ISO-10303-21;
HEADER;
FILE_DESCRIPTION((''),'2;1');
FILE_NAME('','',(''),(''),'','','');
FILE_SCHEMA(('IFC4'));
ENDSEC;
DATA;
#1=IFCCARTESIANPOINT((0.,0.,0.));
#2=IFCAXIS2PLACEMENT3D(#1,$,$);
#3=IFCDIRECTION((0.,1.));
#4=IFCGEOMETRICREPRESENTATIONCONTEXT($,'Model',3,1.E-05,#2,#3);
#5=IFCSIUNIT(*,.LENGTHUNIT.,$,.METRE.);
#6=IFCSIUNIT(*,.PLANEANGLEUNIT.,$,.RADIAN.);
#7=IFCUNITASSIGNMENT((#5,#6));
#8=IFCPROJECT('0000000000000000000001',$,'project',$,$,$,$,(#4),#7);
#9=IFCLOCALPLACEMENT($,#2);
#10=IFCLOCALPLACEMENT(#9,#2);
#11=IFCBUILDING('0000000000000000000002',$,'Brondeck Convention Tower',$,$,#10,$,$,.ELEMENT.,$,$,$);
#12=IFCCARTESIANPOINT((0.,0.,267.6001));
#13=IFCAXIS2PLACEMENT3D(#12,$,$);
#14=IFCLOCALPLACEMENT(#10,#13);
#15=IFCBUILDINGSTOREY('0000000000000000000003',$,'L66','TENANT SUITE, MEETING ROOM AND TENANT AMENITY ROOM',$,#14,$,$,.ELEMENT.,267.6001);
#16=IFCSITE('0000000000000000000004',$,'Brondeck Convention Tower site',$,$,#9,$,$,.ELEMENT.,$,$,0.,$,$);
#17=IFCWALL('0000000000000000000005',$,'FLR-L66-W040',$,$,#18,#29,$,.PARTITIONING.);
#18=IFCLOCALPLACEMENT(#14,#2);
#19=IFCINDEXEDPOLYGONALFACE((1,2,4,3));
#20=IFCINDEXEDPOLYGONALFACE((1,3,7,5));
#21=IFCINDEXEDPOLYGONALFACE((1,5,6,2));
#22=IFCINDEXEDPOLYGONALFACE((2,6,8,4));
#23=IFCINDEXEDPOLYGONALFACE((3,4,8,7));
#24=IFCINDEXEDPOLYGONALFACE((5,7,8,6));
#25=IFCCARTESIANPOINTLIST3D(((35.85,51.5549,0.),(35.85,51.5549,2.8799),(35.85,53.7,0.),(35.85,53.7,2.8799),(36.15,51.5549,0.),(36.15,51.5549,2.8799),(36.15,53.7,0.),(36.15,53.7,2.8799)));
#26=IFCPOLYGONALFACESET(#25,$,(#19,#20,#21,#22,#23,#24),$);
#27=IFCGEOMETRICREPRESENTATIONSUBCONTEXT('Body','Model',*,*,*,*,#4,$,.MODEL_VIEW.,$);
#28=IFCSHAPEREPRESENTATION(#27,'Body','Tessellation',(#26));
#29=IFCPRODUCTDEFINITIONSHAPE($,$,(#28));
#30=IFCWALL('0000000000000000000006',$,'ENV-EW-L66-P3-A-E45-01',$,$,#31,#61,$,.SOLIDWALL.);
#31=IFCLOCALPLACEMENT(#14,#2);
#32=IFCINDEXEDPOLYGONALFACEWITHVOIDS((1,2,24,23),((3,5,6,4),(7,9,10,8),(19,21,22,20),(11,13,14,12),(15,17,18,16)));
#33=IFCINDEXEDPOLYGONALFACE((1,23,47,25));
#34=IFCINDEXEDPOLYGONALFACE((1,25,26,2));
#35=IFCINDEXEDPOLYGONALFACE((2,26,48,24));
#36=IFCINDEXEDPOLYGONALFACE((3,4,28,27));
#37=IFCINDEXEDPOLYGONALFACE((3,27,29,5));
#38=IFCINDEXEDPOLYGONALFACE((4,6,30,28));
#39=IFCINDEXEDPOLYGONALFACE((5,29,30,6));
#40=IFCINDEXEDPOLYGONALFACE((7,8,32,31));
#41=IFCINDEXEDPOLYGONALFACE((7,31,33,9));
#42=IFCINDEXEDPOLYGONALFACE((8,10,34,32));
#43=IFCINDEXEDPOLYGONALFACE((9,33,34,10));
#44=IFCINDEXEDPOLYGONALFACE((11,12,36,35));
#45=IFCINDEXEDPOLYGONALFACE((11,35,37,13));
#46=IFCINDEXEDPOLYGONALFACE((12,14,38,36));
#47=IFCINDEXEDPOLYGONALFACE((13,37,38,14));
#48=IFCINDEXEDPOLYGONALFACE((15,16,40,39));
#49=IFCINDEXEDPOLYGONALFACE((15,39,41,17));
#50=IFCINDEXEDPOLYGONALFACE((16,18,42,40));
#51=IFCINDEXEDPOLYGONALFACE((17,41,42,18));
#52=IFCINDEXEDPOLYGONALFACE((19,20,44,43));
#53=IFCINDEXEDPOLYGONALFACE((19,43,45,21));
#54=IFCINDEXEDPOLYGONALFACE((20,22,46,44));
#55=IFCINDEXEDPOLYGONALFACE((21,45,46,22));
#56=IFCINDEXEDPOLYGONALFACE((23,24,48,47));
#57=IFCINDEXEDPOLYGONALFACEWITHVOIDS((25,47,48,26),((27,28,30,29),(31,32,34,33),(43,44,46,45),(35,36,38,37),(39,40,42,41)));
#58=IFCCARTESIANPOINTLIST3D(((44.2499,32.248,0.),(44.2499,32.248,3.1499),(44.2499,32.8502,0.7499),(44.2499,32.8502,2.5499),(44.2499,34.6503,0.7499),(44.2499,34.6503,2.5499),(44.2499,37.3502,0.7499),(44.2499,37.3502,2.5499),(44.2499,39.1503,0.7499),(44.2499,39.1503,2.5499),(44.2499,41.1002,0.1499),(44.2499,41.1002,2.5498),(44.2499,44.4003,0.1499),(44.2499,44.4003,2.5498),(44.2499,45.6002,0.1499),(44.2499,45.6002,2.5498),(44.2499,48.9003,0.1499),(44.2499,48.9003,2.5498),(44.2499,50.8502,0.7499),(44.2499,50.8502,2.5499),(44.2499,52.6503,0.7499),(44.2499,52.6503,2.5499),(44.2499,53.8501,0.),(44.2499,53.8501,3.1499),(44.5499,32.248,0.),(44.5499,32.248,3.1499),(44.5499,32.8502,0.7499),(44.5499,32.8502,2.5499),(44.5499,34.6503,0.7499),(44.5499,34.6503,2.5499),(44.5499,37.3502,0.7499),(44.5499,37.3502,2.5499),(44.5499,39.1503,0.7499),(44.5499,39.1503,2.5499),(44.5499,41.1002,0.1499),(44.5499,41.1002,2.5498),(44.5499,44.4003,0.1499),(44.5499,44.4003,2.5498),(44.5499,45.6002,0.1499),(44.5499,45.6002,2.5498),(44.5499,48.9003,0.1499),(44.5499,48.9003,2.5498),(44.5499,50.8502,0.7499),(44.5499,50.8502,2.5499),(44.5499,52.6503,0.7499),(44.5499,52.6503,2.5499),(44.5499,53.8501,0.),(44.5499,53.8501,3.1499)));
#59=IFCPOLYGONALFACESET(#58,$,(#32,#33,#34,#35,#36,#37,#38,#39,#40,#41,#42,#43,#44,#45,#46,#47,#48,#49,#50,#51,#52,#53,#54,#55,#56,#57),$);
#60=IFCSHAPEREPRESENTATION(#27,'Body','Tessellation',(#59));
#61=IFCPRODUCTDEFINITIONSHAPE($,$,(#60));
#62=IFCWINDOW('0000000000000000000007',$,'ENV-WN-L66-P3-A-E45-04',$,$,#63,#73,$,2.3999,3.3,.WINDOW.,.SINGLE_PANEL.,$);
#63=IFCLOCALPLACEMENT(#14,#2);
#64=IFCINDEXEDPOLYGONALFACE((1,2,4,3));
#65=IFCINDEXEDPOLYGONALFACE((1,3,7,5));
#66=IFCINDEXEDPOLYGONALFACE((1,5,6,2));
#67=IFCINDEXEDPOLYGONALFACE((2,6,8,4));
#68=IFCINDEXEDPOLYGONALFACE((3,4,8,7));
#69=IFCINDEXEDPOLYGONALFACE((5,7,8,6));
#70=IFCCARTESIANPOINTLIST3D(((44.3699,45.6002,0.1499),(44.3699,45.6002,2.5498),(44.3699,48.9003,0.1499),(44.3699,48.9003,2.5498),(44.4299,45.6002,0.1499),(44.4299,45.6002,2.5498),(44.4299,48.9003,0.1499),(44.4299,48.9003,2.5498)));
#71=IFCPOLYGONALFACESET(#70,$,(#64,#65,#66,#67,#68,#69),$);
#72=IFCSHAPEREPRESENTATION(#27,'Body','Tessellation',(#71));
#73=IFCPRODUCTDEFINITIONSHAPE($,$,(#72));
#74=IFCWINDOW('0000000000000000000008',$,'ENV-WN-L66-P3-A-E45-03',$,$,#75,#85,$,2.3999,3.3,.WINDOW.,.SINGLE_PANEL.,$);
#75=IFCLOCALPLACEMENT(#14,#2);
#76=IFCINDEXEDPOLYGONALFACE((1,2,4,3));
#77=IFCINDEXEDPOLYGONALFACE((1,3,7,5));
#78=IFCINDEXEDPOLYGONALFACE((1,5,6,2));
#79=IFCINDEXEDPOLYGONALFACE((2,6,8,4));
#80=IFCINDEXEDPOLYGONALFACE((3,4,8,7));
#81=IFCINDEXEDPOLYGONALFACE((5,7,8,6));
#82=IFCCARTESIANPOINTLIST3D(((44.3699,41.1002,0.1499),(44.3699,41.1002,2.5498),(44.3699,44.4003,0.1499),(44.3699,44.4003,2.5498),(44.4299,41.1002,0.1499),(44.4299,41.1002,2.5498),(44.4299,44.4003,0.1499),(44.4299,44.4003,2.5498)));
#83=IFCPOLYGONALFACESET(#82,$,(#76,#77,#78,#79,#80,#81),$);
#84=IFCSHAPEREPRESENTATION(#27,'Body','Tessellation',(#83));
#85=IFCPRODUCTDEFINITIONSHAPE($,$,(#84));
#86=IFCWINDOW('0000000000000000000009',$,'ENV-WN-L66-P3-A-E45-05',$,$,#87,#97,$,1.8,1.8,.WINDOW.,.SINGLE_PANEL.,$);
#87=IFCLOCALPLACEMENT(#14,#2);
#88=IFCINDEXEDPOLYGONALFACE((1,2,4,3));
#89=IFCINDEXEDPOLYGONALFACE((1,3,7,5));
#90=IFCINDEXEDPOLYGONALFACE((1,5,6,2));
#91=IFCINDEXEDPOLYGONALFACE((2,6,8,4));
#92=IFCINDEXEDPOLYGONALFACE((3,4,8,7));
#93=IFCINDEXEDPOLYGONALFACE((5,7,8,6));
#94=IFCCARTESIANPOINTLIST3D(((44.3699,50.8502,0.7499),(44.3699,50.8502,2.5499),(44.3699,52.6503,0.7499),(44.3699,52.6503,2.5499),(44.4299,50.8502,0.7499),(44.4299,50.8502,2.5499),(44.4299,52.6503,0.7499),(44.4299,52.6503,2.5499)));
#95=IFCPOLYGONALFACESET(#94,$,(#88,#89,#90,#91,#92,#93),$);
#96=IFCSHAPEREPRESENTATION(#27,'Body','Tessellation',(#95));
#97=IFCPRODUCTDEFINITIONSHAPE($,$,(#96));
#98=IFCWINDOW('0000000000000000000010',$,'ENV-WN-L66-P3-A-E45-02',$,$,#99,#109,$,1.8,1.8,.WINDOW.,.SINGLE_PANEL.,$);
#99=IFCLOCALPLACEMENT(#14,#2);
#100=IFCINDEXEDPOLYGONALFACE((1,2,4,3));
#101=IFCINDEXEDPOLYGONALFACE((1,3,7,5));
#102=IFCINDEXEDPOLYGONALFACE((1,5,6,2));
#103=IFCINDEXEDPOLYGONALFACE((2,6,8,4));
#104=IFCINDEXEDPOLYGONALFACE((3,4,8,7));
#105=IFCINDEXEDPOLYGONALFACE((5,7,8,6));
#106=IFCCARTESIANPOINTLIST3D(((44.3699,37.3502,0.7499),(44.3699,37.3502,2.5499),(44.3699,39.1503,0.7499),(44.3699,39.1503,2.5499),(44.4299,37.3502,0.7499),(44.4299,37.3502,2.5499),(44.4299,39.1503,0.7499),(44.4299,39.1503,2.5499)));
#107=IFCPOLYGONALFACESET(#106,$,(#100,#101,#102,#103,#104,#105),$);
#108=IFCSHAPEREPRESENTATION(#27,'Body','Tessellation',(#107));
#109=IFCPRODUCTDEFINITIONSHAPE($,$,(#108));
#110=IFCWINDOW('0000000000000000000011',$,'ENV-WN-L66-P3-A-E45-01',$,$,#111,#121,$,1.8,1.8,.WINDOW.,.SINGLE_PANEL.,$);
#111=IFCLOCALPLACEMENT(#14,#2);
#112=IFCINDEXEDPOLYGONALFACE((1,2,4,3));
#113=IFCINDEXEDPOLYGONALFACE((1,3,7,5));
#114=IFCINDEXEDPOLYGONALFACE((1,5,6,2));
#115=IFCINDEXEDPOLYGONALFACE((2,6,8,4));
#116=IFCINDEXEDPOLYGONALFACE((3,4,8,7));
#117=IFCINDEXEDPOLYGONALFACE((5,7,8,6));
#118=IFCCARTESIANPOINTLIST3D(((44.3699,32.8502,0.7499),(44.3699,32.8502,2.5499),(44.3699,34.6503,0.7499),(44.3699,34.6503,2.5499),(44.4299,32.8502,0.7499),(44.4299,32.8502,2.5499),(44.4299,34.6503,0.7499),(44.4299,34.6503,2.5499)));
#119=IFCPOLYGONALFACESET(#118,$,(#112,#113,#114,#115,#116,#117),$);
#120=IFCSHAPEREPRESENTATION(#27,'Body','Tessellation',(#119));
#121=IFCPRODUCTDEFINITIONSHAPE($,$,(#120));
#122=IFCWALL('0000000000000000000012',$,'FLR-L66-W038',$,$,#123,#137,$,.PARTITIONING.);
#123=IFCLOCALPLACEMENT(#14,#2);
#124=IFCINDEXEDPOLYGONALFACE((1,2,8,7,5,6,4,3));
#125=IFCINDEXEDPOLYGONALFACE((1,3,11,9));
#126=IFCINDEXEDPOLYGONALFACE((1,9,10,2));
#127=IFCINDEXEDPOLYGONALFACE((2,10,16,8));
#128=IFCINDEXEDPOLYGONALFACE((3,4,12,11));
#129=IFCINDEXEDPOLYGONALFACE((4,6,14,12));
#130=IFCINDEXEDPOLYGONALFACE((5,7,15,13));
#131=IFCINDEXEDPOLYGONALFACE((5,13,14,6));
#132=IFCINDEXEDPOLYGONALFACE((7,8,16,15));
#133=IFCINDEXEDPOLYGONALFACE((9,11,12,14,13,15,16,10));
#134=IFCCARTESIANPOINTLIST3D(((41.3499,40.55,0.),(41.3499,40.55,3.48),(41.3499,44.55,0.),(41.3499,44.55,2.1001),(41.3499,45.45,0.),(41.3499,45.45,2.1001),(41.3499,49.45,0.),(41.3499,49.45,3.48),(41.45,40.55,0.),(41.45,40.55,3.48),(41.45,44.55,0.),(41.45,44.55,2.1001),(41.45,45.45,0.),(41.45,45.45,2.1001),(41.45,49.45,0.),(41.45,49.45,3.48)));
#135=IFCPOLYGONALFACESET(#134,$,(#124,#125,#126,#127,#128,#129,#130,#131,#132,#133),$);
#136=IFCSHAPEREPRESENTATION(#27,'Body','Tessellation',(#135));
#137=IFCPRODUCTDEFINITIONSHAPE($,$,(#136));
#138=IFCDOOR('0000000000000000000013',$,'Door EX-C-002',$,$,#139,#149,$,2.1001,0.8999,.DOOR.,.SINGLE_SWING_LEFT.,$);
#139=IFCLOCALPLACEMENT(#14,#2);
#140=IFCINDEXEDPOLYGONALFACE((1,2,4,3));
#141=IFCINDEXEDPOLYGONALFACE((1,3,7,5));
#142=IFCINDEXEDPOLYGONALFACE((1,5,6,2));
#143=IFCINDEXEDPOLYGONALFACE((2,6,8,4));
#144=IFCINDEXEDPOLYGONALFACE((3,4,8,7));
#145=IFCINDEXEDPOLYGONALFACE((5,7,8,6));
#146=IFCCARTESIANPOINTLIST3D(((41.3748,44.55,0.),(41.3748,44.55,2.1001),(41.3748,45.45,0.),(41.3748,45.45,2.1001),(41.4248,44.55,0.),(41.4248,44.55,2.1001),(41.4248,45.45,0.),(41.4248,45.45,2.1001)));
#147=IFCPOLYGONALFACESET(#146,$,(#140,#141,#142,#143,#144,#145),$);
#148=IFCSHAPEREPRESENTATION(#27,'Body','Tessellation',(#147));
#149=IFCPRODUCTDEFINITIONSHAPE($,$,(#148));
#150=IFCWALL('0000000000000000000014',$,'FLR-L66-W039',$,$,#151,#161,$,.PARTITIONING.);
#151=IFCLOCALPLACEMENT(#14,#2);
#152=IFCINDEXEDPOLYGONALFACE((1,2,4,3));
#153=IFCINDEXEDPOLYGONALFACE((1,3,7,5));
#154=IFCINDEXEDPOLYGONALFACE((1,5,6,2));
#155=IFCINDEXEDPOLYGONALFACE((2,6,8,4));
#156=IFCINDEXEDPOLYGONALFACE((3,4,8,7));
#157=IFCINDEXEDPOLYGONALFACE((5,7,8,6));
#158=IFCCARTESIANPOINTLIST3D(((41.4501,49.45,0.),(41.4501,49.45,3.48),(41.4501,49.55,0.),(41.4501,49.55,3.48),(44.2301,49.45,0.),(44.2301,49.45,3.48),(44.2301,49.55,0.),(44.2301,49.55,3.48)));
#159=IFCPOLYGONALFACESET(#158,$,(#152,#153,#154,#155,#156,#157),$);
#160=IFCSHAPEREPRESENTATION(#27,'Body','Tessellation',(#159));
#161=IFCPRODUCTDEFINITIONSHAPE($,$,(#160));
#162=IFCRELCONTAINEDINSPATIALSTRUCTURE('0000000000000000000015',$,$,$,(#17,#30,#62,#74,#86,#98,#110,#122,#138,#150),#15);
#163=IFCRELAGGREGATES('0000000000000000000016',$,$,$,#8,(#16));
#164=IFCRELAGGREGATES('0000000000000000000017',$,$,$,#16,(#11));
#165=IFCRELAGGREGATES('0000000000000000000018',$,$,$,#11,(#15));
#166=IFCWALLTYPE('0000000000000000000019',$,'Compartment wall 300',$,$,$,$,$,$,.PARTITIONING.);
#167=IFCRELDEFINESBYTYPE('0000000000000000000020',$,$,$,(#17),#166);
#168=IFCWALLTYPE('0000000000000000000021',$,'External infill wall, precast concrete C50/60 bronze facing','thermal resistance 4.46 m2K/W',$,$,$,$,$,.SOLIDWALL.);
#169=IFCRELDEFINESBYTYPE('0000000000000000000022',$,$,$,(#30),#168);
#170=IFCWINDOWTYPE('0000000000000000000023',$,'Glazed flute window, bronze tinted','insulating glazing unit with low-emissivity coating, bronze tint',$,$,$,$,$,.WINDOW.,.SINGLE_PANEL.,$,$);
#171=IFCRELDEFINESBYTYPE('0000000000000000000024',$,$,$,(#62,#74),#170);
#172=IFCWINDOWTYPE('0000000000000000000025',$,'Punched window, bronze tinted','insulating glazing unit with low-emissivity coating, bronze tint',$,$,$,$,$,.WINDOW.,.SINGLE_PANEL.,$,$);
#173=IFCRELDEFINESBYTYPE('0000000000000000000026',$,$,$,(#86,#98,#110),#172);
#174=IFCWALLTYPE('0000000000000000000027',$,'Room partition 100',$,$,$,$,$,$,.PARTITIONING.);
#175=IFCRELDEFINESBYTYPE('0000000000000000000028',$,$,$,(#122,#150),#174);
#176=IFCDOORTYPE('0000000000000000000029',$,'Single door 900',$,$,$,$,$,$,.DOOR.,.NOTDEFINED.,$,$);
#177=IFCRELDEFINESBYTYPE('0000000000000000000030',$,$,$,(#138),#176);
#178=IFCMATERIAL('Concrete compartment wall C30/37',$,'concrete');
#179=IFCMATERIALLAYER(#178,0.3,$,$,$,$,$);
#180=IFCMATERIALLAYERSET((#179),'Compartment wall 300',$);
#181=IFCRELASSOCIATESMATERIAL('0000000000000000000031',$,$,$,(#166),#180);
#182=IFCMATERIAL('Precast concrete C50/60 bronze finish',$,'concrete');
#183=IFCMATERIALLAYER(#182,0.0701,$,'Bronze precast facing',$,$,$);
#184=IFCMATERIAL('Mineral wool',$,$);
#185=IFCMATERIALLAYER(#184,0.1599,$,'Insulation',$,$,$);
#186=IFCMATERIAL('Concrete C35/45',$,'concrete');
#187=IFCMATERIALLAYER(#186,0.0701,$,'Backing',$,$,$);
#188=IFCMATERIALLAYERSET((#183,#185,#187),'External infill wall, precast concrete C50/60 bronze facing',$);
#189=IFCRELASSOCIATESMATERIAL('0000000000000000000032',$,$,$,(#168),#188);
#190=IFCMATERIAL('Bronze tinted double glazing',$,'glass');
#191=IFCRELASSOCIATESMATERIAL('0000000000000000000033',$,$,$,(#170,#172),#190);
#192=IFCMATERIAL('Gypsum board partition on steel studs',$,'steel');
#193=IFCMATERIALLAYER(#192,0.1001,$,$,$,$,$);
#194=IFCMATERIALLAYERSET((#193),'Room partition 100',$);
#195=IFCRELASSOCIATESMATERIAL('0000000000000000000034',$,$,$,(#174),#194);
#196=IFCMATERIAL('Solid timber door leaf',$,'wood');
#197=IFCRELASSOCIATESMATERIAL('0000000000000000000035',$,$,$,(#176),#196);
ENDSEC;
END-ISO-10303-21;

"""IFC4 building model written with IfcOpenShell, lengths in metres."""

from ifc_helpers import new_model, si_unit, direction, frame, frame_2d, origin, place, context, subcontext, project, spatial, rectangle, extrude, material, layer, layer_set, type_object, element, fill, save


model = new_model("IFC4")

# Units and contexts
model_context = context("Model", 3, precision=1e-05, world=origin(), true_north=direction((0.0, 1.0)))
body_context = subcontext(model_context, "Body", "Model", "MODEL_VIEW")
ifc_project = project(units=[si_unit("LENGTHUNIT", "METRE"), si_unit("PLANEANGLEUNIT", "RADIAN")], contexts=[model_context])

# Site, building, storey
site_placement = place(None, origin())
site = spatial("IfcSite", under=ifc_project, at=site_placement, Name="Brondeck Convention Tower site", CompositionType="ELEMENT", RefElevation=0.0)
building_placement = place(site_placement, origin())
building = spatial("IfcBuilding", under=site, at=building_placement, Name="Brondeck Convention Tower", CompositionType="ELEMENT")
storey_placement = place(building_placement, frame((0.0, 0.0, 267.6001)))
storey = spatial("IfcBuildingStorey", under=building, at=storey_placement, Name="L66", Description="TENANT SUITE, MEETING ROOM AND TENANT AMENITY ROOM", CompositionType="ELEMENT", Elevation=267.6001)

# Wall
ifc_material_1 = material(Name="Concrete compartment wall C30/37", Category="concrete")
ifc_layer_1 = layer(ifc_material_1, 0.3)
ifc_layer_set_1 = layer_set([ifc_layer_1], Name="Compartment wall 300")
wall_type_1 = type_object("IfcWallType", Name="Compartment wall 300", PredefinedType="PARTITIONING", material=ifc_layer_set_1)
wall_1_placement = place(storey_placement, frame((36.0, 51.5549, 0.0), z_axis=(0.0, 0.0, 1.0), x_axis=(0.0, 1.0, 0.0)))
element("IfcWall", 1, at=wall_1_placement, inside=storey, type_object=wall_type_1, Name="FLR-L66-W040", PredefinedType="PARTITIONING", context=body_context, shape_type="SweptSolid", body=[
    extrude(rectangle(XDim=2.145, YDim=0.3, at=frame_2d((1.0725, 0.0))), origin(), (0.0, 0.0, 1.0), 2.8799),
])

# Wall, openings, windows
ifc_material_2 = material(Name="Precast concrete C50/60 bronze finish", Category="concrete")
ifc_layer_2 = layer(ifc_material_2, 0.0701, Name="Bronze precast facing")
ifc_material_3 = material(Name="Mineral wool")
ifc_layer_3 = layer(ifc_material_3, 0.1599, Name="Insulation")
ifc_material_4 = material(Name="Concrete C35/45", Category="concrete")
ifc_layer_4 = layer(ifc_material_4, 0.0701, Name="Backing")
ifc_layer_set_2 = layer_set([ifc_layer_2, ifc_layer_3, ifc_layer_4], Name="External infill wall, precast concrete C50/60 bronze facing")
wall_type_2 = type_object("IfcWallType", Name="External infill wall, precast concrete C50/60 bronze facing", Description="thermal resistance 4.46 m2K/W", PredefinedType="SOLIDWALL", material=ifc_layer_set_2)
wall_2_placement = place(storey_placement, frame((44.3999, 53.8501, 0.0), z_axis=(0.0, 0.0, 1.0), x_axis=(0.0, -1.0, 0.0)))
wall_2 = element("IfcWall", 2, at=wall_2_placement, inside=storey, type_object=wall_type_2, Name="ENV-EW-L66-P3-A-E45-01", PredefinedType="SOLIDWALL", context=body_context, shape_type="SweptSolid", body=[
    extrude(rectangle(XDim=21.6021, YDim=0.3, at=frame_2d((10.801, 0.0))), origin(), (0.0, 0.0, 1.0), 3.1499),
])
opening_1_placement = place(wall_2_placement, frame((1.2, 0.0, 0.75)))
opening_1 = element("IfcOpeningElement", 3, at=opening_1_placement, cuts=wall_2, PredefinedType="OPENING", context=body_context, shape_type="SweptSolid", body=[
    extrude(rectangle(XDim=1.8, YDim=1.8, at=frame_2d((0.8999, 0.8999))), frame((0.0, 0.1599, 0.0), z_axis=(0.0, -1.0, 0.0), x_axis=(1.0, 0.0, 0.0)), (0.0, 0.0, 1.0), 0.3201),
])
opening_2_placement = place(wall_2_placement, frame((4.95, 0.0, 0.1499)))
opening_2 = element("IfcOpeningElement", 4, at=opening_2_placement, cuts=wall_2, PredefinedType="OPENING", context=body_context, shape_type="SweptSolid", body=[
    extrude(rectangle(XDim=3.3, YDim=2.3999, at=frame_2d((1.6499, 1.2))), frame((0.0, 0.1599, 0.0), z_axis=(0.0, -1.0, 0.0), x_axis=(1.0, 0.0, 0.0)), (0.0, 0.0, 1.0), 0.3201),
])
opening_3_placement = place(wall_2_placement, frame((9.45, 0.0, 0.1499)))
opening_3 = element("IfcOpeningElement", 5, at=opening_3_placement, cuts=wall_2, PredefinedType="OPENING", context=body_context, shape_type="SweptSolid", body=[
    extrude(rectangle(XDim=3.3, YDim=2.3999, at=frame_2d((1.6499, 1.2))), frame((0.0, 0.1599, 0.0), z_axis=(0.0, -1.0, 0.0), x_axis=(1.0, 0.0, 0.0)), (0.0, 0.0, 1.0), 0.3201),
])
opening_4_placement = place(wall_2_placement, frame((14.7, 0.0, 0.75)))
opening_4 = element("IfcOpeningElement", 6, at=opening_4_placement, cuts=wall_2, PredefinedType="OPENING", context=body_context, shape_type="SweptSolid", body=[
    extrude(rectangle(XDim=1.8, YDim=1.8, at=frame_2d((0.8999, 0.8999))), frame((0.0, 0.1599, 0.0), z_axis=(0.0, -1.0, 0.0), x_axis=(1.0, 0.0, 0.0)), (0.0, 0.0, 1.0), 0.3201),
])
opening_5_placement = place(wall_2_placement, frame((19.2, 0.0, 0.75)))
opening_5 = element("IfcOpeningElement", 7, at=opening_5_placement, cuts=wall_2, PredefinedType="OPENING", context=body_context, shape_type="SweptSolid", body=[
    extrude(rectangle(XDim=1.8, YDim=1.8, at=frame_2d((0.8999, 0.8999))), frame((0.0, 0.1599, 0.0), z_axis=(0.0, -1.0, 0.0), x_axis=(1.0, 0.0, 0.0)), (0.0, 0.0, 1.0), 0.3201),
])
ifc_material_5 = material(Name="Bronze tinted double glazing", Category="glass")
window_type_1 = type_object("IfcWindowType", Name="Glazed flute window, bronze tinted", Description="insulating glazing unit with low-emissivity coating, bronze tint", PartitioningType="SINGLE_PANEL", PredefinedType="WINDOW", material=ifc_material_5)
window_1_placement = place(opening_2_placement, origin())
window_1 = element("IfcWindow", 8, at=window_1_placement, inside=storey, type_object=window_type_1, Name="ENV-WN-L66-P3-A-E45-04", OverallHeight=2.3999, OverallWidth=3.3, PartitioningType="SINGLE_PANEL", PredefinedType="WINDOW", context=body_context, shape_type="SweptSolid", body=[
    extrude(rectangle(XDim=3.3, YDim=2.3999, at=frame_2d((1.6499, 1.2))), frame((0.0, 0.03, 0.0), z_axis=(0.0, -1.0, 0.0), x_axis=(1.0, 0.0, 0.0)), (0.0, 0.0, 1.0), 0.0601),
])
fill(opening_2, window_1)
window_2_placement = place(opening_3_placement, origin())
window_2 = element("IfcWindow", 9, at=window_2_placement, inside=storey, type_object=window_type_1, Name="ENV-WN-L66-P3-A-E45-03", OverallHeight=2.3999, OverallWidth=3.3, PartitioningType="SINGLE_PANEL", PredefinedType="WINDOW", context=body_context, shape_type="SweptSolid", body=[
    extrude(rectangle(XDim=3.3, YDim=2.3999, at=frame_2d((1.6499, 1.2))), frame((0.0, 0.03, 0.0), z_axis=(0.0, -1.0, 0.0), x_axis=(1.0, 0.0, 0.0)), (0.0, 0.0, 1.0), 0.0601),
])
fill(opening_3, window_2)
window_type_2 = type_object("IfcWindowType", Name="Punched window, bronze tinted", Description="insulating glazing unit with low-emissivity coating, bronze tint", PartitioningType="SINGLE_PANEL", PredefinedType="WINDOW", material=ifc_material_5)
window_3_placement = place(opening_1_placement, origin())
window_3 = element("IfcWindow", 10, at=window_3_placement, inside=storey, type_object=window_type_2, Name="ENV-WN-L66-P3-A-E45-05", OverallHeight=1.8, OverallWidth=1.8, PartitioningType="SINGLE_PANEL", PredefinedType="WINDOW", context=body_context, shape_type="SweptSolid", body=[
    extrude(rectangle(XDim=1.8, YDim=1.8, at=frame_2d((0.8999, 0.8999))), frame((0.0, 0.03, 0.0), z_axis=(0.0, -1.0, 0.0), x_axis=(1.0, 0.0, 0.0)), (0.0, 0.0, 1.0), 0.0601),
])
fill(opening_1, window_3)
window_4_placement = place(opening_4_placement, origin())
window_4 = element("IfcWindow", 11, at=window_4_placement, inside=storey, type_object=window_type_2, Name="ENV-WN-L66-P3-A-E45-02", OverallHeight=1.8, OverallWidth=1.8, PartitioningType="SINGLE_PANEL", PredefinedType="WINDOW", context=body_context, shape_type="SweptSolid", body=[
    extrude(rectangle(XDim=1.8, YDim=1.8, at=frame_2d((0.8999, 0.8999))), frame((0.0, 0.03, 0.0), z_axis=(0.0, -1.0, 0.0), x_axis=(1.0, 0.0, 0.0)), (0.0, 0.0, 1.0), 0.0601),
])
fill(opening_4, window_4)
window_5_placement = place(opening_5_placement, origin())
window_5 = element("IfcWindow", 12, at=window_5_placement, inside=storey, type_object=window_type_2, Name="ENV-WN-L66-P3-A-E45-01", OverallHeight=1.8, OverallWidth=1.8, PartitioningType="SINGLE_PANEL", PredefinedType="WINDOW", context=body_context, shape_type="SweptSolid", body=[
    extrude(rectangle(XDim=1.8, YDim=1.8, at=frame_2d((0.8999, 0.8999))), frame((0.0, 0.03, 0.0), z_axis=(0.0, -1.0, 0.0), x_axis=(1.0, 0.0, 0.0)), (0.0, 0.0, 1.0), 0.0601),
])
fill(opening_5, window_5)

# Wall, opening, door
ifc_material_6 = material(Name="Gypsum board partition on steel studs", Category="steel")
ifc_layer_5 = layer(ifc_material_6, 0.1001)
ifc_layer_set_3 = layer_set([ifc_layer_5], Name="Room partition 100")
wall_type_3 = type_object("IfcWallType", Name="Room partition 100", PredefinedType="PARTITIONING", material=ifc_layer_set_3)
wall_3_placement = place(storey_placement, frame((41.3999, 49.45, 0.0), z_axis=(0.0, 0.0, 1.0), x_axis=(0.0, -1.0, 0.0)))
wall_3 = element("IfcWall", 13, at=wall_3_placement, inside=storey, type_object=wall_type_3, Name="FLR-L66-W038", PredefinedType="PARTITIONING", context=body_context, shape_type="SweptSolid", body=[
    extrude(rectangle(XDim=8.8999, YDim=0.1001, at=frame_2d((4.45, 0.0))), origin(), (0.0, 0.0, 1.0), 3.48),
])
opening_6_placement = place(wall_3_placement, frame((4.0, 0.0, 0.0)))
opening_6 = element("IfcOpeningElement", 14, at=opening_6_placement, cuts=wall_3, PredefinedType="OPENING", context=body_context, shape_type="SweptSolid", body=[
    extrude(rectangle(XDim=0.8999, YDim=2.1001, at=frame_2d((0.45, 1.05))), frame((0.0, 0.0601, 0.0), z_axis=(0.0, -1.0, 0.0), x_axis=(1.0, 0.0, 0.0)), (0.0, 0.0, 1.0), 0.1201),
])
ifc_material_7 = material(Name="Solid timber door leaf", Category="wood")
door_type_1 = type_object("IfcDoorType", Name="Single door 900", OperationType="NOTDEFINED", PredefinedType="DOOR", material=ifc_material_7)
door_1_placement = place(opening_6_placement, origin())
door_1 = element("IfcDoor", 15, at=door_1_placement, inside=storey, type_object=door_type_1, Name="Door EX-C-002", OperationType="SINGLE_SWING_LEFT", OverallHeight=2.1001, OverallWidth=0.8999, PredefinedType="DOOR", context=body_context, shape_type="SweptSolid", body=[
    extrude(rectangle(XDim=0.8999, YDim=2.1001, at=frame_2d((0.45, 1.05))), frame((0.0, 0.0249, 0.0), z_axis=(0.0, -1.0, 0.0), x_axis=(1.0, 0.0, 0.0)), (0.0, 0.0, 1.0), 0.05),
])
fill(opening_6, door_1)

# Wall
wall_4_placement = place(storey_placement, frame((41.45, 49.5, 0.0), z_axis=(0.0, 0.0, 1.0), x_axis=(1.0, 0.0, 0.0)))
element("IfcWall", 16, at=wall_4_placement, inside=storey, type_object=wall_type_3, Name="FLR-L66-W039", PredefinedType="PARTITIONING", context=body_context, shape_type="SweptSolid", body=[
    extrude(rectangle(XDim=2.78, YDim=0.1001, at=frame_2d((1.3901, 0.0))), origin(), (0.0, 0.0, 1.0), 3.48),
])

save(model, "model.ifc")
